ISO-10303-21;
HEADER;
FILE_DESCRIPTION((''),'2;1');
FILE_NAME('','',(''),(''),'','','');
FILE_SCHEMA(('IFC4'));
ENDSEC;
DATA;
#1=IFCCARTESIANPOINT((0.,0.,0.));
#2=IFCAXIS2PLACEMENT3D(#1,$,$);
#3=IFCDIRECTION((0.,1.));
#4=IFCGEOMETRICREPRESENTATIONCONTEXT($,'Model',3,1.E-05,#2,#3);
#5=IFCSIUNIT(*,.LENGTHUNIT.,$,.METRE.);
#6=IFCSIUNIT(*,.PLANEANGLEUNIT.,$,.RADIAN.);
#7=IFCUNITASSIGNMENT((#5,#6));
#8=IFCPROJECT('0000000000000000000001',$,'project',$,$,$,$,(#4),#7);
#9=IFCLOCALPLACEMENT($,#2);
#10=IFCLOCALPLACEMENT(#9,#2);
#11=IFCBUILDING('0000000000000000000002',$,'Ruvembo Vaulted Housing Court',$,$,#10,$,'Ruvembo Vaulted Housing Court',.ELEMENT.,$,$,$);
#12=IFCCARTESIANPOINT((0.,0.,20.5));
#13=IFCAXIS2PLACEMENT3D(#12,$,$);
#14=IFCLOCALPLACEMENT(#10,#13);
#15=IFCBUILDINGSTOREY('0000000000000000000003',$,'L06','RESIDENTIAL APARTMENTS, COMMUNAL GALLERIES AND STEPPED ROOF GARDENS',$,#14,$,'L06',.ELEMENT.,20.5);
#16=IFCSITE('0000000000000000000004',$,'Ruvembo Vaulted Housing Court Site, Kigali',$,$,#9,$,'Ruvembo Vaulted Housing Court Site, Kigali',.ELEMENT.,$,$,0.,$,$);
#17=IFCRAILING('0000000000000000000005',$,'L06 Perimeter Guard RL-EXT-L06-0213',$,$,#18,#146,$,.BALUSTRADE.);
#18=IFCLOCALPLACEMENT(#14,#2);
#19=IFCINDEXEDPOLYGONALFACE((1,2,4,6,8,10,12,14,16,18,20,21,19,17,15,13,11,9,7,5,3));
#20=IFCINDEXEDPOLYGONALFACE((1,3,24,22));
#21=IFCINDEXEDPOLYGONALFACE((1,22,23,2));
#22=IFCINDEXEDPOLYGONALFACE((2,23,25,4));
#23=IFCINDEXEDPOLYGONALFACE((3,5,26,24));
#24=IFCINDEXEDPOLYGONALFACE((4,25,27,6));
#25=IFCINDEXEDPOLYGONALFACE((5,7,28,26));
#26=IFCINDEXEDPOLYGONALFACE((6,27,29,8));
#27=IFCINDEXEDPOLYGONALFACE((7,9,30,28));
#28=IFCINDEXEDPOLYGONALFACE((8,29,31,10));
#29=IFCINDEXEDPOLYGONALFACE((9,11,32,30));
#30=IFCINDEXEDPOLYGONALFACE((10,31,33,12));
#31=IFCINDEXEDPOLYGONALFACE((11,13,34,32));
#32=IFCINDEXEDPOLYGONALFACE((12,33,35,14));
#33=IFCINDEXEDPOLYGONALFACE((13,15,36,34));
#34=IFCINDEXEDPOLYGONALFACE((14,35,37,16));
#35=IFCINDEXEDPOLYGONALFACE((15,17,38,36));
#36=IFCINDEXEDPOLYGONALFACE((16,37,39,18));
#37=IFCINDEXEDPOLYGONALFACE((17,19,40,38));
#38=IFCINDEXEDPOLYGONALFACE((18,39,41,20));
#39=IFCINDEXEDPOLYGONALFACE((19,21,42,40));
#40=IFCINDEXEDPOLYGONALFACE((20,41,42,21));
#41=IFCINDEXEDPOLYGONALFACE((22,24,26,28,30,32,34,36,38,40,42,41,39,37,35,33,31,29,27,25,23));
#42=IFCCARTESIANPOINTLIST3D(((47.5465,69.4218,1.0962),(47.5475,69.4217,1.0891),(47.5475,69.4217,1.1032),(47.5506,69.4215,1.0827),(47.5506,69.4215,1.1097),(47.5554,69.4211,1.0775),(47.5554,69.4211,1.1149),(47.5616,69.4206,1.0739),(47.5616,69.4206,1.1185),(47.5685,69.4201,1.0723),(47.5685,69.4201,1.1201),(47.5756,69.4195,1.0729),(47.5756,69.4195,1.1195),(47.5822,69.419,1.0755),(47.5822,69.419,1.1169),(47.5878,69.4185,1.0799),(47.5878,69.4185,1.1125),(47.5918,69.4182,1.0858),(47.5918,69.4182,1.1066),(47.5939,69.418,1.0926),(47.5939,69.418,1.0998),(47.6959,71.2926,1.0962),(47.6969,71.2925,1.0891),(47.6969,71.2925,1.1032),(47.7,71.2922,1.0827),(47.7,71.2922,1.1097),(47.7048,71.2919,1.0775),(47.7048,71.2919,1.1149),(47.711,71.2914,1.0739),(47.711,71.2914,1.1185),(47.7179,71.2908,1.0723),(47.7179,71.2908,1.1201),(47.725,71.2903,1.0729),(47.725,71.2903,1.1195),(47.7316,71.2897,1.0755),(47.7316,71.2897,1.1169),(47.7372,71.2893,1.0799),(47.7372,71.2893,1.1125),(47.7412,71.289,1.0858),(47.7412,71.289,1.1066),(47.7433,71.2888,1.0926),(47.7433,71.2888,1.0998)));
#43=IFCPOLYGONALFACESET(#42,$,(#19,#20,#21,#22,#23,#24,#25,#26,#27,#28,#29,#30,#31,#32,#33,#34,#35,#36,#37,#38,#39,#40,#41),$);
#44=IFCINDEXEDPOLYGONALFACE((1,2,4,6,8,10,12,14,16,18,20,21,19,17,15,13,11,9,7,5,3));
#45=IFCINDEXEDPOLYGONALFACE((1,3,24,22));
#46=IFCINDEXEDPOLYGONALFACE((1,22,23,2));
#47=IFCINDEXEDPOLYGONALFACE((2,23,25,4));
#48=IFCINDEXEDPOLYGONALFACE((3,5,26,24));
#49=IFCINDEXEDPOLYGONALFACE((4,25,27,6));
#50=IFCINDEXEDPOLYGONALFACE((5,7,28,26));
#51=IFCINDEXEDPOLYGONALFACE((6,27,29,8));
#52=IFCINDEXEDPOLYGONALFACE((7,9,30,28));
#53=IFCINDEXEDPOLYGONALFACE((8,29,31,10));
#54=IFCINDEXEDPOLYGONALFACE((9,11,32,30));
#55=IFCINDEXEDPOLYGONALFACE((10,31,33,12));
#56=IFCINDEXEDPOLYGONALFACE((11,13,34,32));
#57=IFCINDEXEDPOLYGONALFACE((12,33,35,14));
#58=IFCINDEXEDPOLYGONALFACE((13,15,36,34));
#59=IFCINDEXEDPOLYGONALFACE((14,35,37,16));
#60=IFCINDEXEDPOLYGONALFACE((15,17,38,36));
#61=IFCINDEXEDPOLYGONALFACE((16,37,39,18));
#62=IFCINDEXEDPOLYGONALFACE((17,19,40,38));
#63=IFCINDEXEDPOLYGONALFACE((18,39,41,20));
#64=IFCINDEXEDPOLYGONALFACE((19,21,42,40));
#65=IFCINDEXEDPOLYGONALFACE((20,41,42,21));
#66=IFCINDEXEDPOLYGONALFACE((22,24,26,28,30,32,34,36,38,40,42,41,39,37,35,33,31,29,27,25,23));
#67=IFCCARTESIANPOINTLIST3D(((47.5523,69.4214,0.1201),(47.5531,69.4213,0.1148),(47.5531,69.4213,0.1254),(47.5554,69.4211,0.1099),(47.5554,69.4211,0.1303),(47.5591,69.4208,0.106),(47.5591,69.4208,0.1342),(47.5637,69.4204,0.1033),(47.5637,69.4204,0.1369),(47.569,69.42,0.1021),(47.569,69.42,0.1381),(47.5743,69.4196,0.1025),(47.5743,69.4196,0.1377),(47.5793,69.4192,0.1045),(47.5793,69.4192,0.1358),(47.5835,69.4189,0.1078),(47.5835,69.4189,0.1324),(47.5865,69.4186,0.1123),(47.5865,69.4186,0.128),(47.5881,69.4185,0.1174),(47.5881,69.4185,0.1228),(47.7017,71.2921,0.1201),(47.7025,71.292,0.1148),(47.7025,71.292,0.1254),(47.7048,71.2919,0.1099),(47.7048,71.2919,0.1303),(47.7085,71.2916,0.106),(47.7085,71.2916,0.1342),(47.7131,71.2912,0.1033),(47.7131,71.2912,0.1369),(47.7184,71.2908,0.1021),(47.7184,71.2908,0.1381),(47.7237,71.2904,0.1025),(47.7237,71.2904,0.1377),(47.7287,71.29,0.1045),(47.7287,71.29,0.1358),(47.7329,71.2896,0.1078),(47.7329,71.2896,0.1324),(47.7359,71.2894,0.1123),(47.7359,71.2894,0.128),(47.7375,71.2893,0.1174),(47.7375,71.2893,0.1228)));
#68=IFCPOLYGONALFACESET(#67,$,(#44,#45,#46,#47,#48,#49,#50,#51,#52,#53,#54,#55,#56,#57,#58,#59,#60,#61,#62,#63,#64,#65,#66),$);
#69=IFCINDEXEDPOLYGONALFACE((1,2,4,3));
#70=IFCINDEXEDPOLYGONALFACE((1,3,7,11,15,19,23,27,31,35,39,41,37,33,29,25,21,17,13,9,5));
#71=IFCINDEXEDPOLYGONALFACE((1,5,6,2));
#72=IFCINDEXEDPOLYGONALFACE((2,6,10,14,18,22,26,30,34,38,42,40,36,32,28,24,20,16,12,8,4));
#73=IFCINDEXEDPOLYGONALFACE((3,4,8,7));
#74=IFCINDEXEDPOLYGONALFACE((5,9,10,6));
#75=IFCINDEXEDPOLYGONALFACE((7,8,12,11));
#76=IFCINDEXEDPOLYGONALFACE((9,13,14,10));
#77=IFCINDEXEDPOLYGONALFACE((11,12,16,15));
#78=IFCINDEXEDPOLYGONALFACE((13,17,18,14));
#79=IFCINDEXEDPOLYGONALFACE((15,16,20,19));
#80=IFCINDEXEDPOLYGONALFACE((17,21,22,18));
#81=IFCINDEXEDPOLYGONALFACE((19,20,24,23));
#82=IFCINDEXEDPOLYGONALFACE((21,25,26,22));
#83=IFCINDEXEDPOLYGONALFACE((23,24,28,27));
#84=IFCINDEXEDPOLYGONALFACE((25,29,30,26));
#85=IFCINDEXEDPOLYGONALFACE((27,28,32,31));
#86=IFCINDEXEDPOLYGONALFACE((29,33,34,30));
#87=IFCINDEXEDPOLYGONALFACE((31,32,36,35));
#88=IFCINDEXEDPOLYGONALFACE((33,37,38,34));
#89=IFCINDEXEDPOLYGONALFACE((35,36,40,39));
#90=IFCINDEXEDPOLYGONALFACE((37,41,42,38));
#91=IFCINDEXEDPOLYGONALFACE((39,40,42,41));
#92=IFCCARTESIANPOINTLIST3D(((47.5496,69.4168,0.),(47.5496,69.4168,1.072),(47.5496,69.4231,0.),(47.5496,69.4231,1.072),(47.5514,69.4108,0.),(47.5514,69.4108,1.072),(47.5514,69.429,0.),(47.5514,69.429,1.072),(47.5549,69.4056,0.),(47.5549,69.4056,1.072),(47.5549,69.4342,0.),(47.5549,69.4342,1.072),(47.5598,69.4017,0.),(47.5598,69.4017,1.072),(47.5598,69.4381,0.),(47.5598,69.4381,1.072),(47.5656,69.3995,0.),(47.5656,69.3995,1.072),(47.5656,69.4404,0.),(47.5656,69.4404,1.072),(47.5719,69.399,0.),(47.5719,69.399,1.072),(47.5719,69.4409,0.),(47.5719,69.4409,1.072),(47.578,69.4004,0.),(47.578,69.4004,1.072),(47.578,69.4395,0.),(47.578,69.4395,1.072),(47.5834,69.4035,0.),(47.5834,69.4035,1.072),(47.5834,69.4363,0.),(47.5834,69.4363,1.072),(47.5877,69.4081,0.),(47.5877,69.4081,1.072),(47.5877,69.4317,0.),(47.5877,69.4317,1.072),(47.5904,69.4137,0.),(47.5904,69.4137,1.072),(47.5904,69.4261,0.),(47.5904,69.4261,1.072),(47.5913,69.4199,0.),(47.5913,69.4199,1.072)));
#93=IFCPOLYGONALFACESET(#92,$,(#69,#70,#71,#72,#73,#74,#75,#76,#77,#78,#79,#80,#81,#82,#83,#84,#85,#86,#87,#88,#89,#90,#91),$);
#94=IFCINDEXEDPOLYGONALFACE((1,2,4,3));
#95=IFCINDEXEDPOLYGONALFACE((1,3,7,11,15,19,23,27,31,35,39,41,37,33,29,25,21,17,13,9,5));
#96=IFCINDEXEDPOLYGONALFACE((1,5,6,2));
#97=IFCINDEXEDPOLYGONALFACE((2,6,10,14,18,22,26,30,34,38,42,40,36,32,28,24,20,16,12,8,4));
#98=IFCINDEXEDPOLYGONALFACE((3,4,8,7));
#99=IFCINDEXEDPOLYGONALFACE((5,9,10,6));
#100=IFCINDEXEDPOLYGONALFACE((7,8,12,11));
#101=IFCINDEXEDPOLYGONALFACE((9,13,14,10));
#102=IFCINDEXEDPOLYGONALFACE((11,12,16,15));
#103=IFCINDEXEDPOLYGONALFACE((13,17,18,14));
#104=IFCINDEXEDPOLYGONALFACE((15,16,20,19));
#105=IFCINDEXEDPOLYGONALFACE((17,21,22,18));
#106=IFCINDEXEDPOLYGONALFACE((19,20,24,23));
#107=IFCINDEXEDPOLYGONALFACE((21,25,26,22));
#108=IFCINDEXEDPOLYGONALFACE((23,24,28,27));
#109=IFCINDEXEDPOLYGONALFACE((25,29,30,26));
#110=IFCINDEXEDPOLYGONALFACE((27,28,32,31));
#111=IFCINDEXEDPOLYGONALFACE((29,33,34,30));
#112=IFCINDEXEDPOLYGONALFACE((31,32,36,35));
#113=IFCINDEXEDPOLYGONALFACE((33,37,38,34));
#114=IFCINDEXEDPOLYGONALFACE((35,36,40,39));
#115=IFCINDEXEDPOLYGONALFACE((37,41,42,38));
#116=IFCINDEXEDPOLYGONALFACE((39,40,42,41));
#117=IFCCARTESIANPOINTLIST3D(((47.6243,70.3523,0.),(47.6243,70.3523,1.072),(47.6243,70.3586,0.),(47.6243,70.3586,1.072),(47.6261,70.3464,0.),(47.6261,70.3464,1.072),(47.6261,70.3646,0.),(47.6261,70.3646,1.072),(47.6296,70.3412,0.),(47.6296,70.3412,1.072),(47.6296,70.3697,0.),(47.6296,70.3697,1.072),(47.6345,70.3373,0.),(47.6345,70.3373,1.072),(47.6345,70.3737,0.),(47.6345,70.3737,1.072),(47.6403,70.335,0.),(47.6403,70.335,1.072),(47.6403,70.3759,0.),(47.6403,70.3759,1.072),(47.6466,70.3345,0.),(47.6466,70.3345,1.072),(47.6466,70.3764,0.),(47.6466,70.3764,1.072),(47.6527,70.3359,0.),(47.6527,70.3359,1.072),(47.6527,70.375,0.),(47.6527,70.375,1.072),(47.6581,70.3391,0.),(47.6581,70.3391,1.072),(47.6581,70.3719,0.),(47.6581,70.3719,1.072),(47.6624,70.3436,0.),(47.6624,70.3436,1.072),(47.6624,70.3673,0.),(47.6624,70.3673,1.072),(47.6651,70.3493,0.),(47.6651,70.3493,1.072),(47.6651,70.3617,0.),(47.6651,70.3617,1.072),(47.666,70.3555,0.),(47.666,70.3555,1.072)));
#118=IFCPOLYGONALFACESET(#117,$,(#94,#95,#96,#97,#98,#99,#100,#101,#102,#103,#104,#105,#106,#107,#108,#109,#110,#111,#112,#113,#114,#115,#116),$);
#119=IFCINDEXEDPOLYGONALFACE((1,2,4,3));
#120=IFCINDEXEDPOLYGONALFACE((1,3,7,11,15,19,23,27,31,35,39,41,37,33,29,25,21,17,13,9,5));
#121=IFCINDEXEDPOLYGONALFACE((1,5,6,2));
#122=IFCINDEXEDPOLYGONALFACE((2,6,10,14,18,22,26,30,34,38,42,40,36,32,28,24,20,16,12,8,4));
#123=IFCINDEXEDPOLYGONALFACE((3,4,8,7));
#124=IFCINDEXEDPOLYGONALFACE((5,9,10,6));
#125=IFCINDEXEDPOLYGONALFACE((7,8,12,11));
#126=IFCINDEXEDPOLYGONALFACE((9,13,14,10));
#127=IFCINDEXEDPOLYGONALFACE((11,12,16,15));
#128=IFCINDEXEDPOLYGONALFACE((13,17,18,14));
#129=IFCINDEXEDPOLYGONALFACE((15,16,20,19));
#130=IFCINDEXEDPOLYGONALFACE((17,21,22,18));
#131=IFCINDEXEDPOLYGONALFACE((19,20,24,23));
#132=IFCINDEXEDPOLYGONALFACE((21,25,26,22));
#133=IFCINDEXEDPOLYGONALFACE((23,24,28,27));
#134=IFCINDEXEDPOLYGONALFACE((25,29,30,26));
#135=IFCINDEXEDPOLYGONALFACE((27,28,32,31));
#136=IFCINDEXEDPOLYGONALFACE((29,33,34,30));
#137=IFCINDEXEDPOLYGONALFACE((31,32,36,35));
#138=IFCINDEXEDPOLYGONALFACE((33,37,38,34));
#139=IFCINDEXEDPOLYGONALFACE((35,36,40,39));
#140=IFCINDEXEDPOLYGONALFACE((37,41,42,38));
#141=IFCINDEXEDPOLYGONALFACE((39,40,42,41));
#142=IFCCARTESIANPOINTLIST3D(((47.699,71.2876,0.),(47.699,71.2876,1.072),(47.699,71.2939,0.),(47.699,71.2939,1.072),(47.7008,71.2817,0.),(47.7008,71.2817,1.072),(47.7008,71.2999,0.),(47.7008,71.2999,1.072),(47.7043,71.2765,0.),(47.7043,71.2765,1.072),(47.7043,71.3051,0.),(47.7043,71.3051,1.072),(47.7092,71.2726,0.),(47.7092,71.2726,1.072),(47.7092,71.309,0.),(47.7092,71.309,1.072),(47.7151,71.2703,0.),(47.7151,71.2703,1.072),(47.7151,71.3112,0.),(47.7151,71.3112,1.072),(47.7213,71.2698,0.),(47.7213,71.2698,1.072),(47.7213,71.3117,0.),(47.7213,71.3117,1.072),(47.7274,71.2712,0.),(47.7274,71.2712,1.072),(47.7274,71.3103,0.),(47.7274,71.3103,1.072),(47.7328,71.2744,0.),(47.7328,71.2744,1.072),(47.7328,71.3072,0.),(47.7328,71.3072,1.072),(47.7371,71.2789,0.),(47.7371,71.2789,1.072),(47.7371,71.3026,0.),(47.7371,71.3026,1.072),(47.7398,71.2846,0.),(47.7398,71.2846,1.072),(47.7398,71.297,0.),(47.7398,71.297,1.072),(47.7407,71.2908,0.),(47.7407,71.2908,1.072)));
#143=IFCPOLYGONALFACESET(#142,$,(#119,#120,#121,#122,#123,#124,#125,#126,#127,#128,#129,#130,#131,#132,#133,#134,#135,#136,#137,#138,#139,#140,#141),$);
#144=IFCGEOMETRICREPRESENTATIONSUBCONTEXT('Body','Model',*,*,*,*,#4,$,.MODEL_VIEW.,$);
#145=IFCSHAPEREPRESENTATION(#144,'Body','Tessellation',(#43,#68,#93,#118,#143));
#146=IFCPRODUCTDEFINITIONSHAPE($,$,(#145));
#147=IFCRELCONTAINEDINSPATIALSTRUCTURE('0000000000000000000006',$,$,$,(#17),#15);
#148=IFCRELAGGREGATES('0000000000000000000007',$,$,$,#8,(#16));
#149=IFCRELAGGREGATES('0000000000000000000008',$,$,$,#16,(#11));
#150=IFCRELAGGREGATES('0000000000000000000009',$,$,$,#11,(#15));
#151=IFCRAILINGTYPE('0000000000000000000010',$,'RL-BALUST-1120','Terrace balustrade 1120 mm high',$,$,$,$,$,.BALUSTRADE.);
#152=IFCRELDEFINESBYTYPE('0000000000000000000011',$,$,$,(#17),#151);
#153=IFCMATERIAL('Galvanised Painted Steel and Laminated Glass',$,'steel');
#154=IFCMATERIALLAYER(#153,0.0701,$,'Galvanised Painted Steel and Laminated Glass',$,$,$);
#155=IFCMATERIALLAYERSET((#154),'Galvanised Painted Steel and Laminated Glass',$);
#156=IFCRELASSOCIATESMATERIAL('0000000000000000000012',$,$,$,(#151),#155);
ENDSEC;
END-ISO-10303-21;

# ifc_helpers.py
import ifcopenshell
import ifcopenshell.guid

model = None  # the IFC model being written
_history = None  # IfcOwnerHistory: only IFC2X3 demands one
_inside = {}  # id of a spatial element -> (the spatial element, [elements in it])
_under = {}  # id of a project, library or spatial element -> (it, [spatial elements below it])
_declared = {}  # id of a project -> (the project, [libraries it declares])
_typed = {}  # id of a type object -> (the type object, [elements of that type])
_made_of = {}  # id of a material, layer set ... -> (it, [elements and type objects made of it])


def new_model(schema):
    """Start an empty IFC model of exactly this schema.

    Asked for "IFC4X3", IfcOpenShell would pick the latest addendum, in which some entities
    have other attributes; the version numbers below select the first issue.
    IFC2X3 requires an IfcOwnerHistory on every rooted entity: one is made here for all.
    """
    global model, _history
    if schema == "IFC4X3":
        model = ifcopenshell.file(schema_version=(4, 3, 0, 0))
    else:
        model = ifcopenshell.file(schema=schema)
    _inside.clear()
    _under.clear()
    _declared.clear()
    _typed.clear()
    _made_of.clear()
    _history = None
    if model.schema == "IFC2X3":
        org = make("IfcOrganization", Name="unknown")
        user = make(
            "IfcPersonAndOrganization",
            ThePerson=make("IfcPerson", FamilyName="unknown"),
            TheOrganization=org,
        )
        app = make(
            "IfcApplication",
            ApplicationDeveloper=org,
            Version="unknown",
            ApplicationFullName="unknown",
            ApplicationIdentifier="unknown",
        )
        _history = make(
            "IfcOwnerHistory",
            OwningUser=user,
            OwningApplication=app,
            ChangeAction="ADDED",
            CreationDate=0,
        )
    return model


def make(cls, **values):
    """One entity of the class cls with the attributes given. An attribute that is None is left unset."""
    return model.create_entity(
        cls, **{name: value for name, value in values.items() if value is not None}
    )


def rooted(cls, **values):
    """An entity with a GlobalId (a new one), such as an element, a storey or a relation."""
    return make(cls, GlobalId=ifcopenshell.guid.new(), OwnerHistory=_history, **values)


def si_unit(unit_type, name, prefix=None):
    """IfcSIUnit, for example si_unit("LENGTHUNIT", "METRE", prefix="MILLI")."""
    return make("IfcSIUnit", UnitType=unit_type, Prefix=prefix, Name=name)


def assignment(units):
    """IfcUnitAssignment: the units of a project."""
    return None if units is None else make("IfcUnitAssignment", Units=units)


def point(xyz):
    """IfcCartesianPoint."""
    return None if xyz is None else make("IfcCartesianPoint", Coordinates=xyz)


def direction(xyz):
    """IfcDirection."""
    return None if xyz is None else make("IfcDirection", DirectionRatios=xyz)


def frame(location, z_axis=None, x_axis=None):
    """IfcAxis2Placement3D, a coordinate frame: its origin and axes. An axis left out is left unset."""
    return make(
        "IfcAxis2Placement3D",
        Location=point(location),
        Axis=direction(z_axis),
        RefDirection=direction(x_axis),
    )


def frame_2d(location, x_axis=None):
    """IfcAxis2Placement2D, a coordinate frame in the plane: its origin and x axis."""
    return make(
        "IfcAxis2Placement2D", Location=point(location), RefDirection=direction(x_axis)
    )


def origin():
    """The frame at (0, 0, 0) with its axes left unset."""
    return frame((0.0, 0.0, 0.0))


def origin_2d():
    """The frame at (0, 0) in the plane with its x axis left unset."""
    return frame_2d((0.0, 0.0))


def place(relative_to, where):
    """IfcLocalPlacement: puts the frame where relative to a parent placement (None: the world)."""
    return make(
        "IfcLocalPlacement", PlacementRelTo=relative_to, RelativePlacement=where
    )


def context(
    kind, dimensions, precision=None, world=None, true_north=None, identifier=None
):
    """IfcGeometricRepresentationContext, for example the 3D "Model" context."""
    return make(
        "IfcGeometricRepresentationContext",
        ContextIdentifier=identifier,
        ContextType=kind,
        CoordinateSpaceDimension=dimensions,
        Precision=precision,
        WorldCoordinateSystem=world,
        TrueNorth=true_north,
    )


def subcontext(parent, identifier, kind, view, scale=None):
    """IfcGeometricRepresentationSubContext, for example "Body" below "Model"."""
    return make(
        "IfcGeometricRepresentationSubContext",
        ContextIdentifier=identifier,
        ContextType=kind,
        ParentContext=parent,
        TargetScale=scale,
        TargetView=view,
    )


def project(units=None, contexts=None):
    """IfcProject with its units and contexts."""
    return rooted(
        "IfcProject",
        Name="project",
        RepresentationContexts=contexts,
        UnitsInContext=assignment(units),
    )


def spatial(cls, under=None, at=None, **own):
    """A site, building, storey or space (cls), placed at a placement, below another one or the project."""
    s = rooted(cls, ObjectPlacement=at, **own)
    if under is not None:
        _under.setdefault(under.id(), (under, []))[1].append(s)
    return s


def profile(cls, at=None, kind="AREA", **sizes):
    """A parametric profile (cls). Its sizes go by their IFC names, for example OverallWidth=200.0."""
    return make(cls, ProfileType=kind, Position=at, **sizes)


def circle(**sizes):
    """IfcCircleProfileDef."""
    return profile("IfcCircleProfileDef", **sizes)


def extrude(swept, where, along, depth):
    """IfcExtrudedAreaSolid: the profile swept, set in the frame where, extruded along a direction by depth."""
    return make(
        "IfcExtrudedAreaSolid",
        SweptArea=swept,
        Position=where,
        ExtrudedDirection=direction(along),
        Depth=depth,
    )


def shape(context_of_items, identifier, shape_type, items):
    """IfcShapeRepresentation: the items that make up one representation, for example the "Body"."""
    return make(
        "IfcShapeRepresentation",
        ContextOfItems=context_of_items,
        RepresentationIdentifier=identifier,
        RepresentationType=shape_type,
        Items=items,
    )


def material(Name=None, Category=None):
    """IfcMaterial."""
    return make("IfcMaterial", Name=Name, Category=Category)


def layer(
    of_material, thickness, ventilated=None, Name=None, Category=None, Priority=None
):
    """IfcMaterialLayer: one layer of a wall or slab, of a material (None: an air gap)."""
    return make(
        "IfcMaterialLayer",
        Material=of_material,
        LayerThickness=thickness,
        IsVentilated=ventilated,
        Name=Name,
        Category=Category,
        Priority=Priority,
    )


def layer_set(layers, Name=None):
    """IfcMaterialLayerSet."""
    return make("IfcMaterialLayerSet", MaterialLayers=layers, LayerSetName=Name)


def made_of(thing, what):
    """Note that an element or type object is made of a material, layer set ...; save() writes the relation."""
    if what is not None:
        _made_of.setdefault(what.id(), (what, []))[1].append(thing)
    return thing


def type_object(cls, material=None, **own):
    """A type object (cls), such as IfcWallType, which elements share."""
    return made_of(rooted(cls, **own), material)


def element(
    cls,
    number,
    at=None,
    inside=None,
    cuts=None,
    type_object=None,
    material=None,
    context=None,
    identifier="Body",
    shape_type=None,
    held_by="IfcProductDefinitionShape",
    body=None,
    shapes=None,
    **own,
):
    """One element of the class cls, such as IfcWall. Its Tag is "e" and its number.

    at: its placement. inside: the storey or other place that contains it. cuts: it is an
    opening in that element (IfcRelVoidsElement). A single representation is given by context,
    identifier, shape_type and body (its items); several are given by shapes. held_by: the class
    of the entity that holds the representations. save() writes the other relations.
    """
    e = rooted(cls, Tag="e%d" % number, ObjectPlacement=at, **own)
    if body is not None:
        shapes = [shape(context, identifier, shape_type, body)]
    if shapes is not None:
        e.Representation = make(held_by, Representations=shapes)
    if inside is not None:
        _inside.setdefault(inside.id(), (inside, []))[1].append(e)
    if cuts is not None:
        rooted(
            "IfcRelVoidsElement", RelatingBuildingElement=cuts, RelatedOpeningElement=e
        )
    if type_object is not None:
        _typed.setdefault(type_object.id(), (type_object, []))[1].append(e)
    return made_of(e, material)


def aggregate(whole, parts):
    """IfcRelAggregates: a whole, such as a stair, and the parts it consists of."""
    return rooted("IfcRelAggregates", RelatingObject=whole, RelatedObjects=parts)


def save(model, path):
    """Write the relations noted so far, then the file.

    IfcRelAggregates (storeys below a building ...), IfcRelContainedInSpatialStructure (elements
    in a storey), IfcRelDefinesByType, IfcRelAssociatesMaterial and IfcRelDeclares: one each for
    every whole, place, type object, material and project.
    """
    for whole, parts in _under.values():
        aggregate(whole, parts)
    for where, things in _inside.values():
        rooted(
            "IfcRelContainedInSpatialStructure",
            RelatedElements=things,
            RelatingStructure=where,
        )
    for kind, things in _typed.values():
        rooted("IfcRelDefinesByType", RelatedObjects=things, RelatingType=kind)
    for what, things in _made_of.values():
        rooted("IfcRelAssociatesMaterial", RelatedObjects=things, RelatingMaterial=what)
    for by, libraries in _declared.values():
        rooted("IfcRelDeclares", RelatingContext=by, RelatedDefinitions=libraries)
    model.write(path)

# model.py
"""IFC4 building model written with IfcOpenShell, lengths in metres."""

from ifc_helpers import new_model, si_unit, direction, frame, origin, origin_2d, place, context, subcontext, project, spatial, circle, extrude, material, layer, layer_set, type_object, element, save


model = new_model("IFC4")

# Units and contexts
model_context = context("Model", 3, precision=1e-05, world=origin(), true_north=direction((0.0, 1.0)))
body_context = subcontext(model_context, "Body", "Model", "MODEL_VIEW")
ifc_project = project(units=[si_unit("LENGTHUNIT", "METRE"), si_unit("PLANEANGLEUNIT", "RADIAN")], contexts=[model_context])

# Site, building, storey
site_placement = place(None, origin())
site = spatial("IfcSite", under=ifc_project, at=site_placement, Name="Ruvembo Vaulted Housing Court Site, Kigali", LongName="Ruvembo Vaulted Housing Court Site, Kigali", CompositionType="ELEMENT", RefElevation=0.0)
building_placement = place(site_placement, origin())
building = spatial("IfcBuilding", under=site, at=building_placement, Name="Ruvembo Vaulted Housing Court", LongName="Ruvembo Vaulted Housing Court", CompositionType="ELEMENT")
storey_placement = place(building_placement, frame((0.0, 0.0, 20.5)))
storey = spatial("IfcBuildingStorey", under=building, at=storey_placement, Name="L06", Description="RESIDENTIAL APARTMENTS, COMMUNAL GALLERIES AND STEPPED ROOF GARDENS", LongName="L06", CompositionType="ELEMENT", Elevation=20.5)

# Railing
ifc_material_1 = material(Name="Galvanised Painted Steel and Laminated Glass", Category="steel")
ifc_layer = layer(ifc_material_1, 0.0701, Name="Galvanised Painted Steel and Laminated Glass")
ifc_layer_set = layer_set([ifc_layer], Name="Galvanised Painted Steel and Laminated Glass")
railing_type = type_object("IfcRailingType", Name="RL-BALUST-1120", Description="Terrace balustrade 1120 mm high", PredefinedType="BALUSTRADE", material=ifc_layer_set)
railing_1_placement = place(storey_placement, frame((47.5703, 69.4199, 0.0)))
element("IfcRailing", 1, at=railing_1_placement, inside=storey, type_object=railing_type, Name="L06 Perimeter Guard RL-EXT-L06-0213", PredefinedType="BALUSTRADE", context=body_context, shape_type="SweptSolid", body=[
    extrude(circle(Radius=0.0239, at=origin_2d()), frame((0.0, 0.0, 1.0962), z_axis=(0.079611, 0.996826, 0.0), x_axis=(-0.996826, 0.079611, 0.0)), (0.0, 0.0, 1.0), 1.8767),
    extrude(circle(Radius=0.0181, at=origin_2d()), frame((0.0, 0.0, 0.1201), z_axis=(0.079611, 0.996826, 0.0), x_axis=(-0.996826, 0.079611, 0.0)), (0.0, 0.0, 1.0), 1.8767),
    extrude(circle(Radius=0.021, at=origin_2d()), origin(), (0.0, 0.0, 1.0), 1.072),
    extrude(circle(Radius=0.021, at=origin_2d()), frame((0.0747, 0.9355, 0.0)), (0.0, 0.0, 1.0), 1.072),
    extrude(circle(Radius=0.021, at=origin_2d()), frame((0.1494, 1.8708, 0.0)), (0.0, 0.0, 1.0), 1.072),
])

save(model, "model.ifc")
